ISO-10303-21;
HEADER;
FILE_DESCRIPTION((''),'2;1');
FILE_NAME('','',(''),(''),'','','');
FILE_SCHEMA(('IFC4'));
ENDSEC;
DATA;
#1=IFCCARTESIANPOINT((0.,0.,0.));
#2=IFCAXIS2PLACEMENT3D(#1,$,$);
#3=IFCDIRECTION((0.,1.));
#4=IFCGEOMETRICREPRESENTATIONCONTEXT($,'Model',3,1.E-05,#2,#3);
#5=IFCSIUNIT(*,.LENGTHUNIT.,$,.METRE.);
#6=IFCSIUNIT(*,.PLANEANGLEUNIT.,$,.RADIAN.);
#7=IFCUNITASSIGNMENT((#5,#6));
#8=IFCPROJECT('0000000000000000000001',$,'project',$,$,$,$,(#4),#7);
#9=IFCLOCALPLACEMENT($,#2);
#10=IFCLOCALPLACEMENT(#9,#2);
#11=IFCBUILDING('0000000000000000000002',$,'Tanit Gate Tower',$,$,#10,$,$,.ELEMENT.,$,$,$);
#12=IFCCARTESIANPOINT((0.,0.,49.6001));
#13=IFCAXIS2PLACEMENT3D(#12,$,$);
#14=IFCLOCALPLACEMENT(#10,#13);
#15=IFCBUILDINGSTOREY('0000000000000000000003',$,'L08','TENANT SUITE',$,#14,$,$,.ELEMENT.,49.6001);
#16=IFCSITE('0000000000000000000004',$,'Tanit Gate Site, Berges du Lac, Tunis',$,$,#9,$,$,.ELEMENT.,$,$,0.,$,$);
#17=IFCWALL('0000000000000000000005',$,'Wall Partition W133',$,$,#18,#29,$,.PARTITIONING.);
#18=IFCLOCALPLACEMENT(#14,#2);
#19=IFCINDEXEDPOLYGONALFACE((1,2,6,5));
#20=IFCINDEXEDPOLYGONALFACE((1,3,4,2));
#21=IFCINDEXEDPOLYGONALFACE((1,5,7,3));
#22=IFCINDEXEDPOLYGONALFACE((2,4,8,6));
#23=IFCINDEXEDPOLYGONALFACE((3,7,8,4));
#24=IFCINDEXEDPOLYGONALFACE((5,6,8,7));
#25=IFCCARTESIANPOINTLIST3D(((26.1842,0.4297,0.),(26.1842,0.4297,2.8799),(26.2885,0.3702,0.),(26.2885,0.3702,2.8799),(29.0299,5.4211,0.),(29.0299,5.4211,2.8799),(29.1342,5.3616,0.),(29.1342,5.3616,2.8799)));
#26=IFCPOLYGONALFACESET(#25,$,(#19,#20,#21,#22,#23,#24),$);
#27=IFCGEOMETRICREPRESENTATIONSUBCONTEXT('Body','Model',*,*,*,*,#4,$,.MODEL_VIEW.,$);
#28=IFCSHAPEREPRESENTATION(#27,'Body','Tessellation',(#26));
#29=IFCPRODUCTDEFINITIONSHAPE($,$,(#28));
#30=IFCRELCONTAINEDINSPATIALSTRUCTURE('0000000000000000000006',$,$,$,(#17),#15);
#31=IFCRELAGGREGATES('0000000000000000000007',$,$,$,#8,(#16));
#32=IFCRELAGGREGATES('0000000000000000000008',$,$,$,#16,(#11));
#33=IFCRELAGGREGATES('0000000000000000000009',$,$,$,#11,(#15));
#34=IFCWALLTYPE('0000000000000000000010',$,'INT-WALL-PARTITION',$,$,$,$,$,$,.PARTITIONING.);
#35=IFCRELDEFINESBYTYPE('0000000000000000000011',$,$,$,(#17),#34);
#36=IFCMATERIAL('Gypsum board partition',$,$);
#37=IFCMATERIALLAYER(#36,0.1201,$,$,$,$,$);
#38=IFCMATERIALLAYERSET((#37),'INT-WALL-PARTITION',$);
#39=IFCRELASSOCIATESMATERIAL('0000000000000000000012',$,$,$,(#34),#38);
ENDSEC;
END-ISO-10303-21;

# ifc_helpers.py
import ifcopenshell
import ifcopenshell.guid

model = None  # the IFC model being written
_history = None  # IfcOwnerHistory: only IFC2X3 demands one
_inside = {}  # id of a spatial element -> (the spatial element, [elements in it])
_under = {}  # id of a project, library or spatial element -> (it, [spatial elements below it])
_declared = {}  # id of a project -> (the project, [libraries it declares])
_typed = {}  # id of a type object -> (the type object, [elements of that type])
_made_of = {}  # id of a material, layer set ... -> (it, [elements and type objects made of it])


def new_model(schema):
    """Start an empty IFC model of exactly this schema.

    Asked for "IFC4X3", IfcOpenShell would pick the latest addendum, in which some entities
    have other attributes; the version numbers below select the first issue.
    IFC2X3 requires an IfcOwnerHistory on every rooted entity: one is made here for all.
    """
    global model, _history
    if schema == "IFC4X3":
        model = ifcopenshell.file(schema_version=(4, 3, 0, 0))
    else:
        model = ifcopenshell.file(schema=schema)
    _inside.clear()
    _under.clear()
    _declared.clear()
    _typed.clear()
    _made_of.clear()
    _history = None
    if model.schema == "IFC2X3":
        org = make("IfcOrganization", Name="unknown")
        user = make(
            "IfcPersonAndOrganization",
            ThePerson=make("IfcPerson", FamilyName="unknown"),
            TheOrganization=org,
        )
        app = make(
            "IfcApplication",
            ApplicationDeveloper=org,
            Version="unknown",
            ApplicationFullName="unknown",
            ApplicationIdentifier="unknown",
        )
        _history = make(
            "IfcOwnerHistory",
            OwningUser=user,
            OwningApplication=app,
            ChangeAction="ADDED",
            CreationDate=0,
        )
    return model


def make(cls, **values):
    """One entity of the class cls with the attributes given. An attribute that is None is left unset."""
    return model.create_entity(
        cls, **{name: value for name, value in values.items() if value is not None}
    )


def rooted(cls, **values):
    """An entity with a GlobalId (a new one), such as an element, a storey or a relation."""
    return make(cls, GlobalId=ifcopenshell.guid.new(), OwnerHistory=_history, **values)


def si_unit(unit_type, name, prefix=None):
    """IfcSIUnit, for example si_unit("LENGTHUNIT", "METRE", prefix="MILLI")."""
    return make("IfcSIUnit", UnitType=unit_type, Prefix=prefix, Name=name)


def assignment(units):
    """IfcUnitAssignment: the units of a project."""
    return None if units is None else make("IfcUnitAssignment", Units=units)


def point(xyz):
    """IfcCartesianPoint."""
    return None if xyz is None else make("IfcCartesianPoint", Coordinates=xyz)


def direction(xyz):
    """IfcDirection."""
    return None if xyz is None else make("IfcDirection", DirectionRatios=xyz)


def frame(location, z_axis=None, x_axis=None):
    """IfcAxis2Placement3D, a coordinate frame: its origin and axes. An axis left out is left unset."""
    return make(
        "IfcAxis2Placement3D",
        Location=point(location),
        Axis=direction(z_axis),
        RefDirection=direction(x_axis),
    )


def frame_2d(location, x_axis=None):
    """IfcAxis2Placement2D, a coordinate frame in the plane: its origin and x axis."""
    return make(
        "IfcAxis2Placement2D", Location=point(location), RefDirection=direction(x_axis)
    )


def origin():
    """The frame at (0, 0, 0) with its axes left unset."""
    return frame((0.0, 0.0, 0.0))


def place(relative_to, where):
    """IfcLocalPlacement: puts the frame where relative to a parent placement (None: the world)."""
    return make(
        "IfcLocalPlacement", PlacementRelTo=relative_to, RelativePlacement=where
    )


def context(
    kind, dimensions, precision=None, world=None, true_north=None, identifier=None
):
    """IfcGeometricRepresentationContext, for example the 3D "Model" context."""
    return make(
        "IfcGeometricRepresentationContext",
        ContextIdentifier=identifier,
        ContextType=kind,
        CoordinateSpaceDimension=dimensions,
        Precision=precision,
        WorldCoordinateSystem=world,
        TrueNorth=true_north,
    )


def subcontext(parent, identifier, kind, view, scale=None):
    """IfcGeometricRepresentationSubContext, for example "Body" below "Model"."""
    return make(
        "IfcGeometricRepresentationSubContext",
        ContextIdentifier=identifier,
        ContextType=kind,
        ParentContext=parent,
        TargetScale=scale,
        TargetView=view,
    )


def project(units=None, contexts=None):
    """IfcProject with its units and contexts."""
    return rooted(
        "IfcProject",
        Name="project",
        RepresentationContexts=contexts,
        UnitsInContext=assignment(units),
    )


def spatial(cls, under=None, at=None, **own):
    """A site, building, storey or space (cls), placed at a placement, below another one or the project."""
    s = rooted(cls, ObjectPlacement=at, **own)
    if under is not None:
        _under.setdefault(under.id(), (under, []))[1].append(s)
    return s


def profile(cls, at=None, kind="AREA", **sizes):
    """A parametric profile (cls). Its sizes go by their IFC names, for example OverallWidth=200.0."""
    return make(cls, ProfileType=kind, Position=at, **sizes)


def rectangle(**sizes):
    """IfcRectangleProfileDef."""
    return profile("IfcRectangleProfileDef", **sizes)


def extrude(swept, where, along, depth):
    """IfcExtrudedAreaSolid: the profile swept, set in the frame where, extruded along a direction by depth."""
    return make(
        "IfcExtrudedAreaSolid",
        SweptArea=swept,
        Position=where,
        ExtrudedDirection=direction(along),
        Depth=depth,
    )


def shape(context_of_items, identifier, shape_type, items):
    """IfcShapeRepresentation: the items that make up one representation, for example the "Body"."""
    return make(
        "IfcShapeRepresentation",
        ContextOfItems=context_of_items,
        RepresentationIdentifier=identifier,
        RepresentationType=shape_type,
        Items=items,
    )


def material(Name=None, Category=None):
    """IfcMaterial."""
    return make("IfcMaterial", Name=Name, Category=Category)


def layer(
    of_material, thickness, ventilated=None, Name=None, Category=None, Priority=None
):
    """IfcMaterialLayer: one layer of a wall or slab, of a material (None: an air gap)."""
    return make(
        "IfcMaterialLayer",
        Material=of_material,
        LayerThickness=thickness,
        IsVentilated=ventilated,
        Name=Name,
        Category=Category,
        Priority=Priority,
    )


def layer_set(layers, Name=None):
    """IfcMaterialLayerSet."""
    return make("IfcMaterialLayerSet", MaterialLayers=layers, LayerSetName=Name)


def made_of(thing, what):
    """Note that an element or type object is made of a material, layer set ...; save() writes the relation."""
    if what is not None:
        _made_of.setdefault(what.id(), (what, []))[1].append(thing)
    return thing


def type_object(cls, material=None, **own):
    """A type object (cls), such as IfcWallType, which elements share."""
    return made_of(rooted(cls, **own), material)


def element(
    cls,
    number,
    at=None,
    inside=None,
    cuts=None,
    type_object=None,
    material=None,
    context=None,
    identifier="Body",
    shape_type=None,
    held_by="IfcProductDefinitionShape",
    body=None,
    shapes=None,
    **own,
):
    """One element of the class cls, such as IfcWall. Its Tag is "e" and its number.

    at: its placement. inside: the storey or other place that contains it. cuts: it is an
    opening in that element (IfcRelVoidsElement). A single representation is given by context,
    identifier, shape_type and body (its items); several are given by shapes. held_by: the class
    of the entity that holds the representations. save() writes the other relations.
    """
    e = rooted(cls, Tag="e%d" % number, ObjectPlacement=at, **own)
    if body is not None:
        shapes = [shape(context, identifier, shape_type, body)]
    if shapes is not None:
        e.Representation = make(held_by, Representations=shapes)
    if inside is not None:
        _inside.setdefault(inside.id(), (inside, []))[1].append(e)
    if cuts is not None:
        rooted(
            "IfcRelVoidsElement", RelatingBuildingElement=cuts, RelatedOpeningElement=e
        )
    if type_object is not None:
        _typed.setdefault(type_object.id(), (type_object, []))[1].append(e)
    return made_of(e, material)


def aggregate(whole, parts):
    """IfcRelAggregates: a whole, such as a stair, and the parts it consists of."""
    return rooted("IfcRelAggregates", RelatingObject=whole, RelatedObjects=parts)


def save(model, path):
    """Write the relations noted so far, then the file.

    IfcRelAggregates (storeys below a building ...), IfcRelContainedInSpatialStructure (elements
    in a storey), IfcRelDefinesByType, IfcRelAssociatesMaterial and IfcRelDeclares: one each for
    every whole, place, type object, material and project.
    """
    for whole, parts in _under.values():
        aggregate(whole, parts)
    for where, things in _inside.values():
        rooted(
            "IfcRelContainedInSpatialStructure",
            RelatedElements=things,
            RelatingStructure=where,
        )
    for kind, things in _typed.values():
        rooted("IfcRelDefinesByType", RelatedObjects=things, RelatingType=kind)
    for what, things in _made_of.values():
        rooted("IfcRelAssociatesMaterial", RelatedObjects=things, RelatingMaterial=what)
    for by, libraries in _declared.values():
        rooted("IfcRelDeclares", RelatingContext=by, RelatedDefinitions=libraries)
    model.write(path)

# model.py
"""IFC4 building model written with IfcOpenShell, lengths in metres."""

from ifc_helpers import new_model, si_unit, direction, frame, frame_2d, origin, place, context, subcontext, project, spatial, rectangle, extrude, material, layer, layer_set, type_object, element, save


model = new_model("IFC4")

# Units and contexts
model_context = context("Model", 3, precision=1e-05, world=origin(), true_north=direction((0.0, 1.0)))
body_context = subcontext(model_context, "Body", "Model", "MODEL_VIEW")
ifc_project = project(units=[si_unit("LENGTHUNIT", "METRE"), si_unit("PLANEANGLEUNIT", "RADIAN")], contexts=[model_context])

# Site, building, storey
site_placement = place(None, origin())
site = spatial("IfcSite", under=ifc_project, at=site_placement, Name="Tanit Gate Site, Berges du Lac, Tunis", CompositionType="ELEMENT", RefElevation=0.0)
building_placement = place(site_placement, origin())
building = spatial("IfcBuilding", under=site, at=building_placement, Name="Tanit Gate Tower", CompositionType="ELEMENT")
storey_placement = place(building_placement, frame((0.0, 0.0, 49.6001)))
storey = spatial("IfcBuildingStorey", under=building, at=storey_placement, Name="L08", Description="TENANT SUITE", CompositionType="ELEMENT", Elevation=49.6001)

# Wall
ifc_material_1 = material(Name="Gypsum board partition")
ifc_layer_1 = layer(ifc_material_1, 0.1201)
ifc_layer_set_1 = layer_set([ifc_layer_1], Name="INT-WALL-PARTITION")
wall_type_1 = type_object("IfcWallType", Name="INT-WALL-PARTITION", PredefinedType="PARTITIONING", material=ifc_layer_set_1)
wall_1_placement = place(storey_placement, frame((29.082, 5.3914, 0.0), z_axis=(0.0, 0.0, 1.0), x_axis=(-0.495278, -0.868734, 0.0)))
element("IfcWall", 1, at=wall_1_placement, inside=storey, type_object=wall_type_1, Name="Wall Partition W133", PredefinedType="PARTITIONING", context=body_context, shape_type="SweptSolid", body=[
    extrude(rectangle(XDim=5.7456, YDim=0.1201, at=frame_2d((2.8728, 0.0))), origin(), (0.0, 0.0, 1.0), 2.8799),
])

save(model, "model.ifc")
